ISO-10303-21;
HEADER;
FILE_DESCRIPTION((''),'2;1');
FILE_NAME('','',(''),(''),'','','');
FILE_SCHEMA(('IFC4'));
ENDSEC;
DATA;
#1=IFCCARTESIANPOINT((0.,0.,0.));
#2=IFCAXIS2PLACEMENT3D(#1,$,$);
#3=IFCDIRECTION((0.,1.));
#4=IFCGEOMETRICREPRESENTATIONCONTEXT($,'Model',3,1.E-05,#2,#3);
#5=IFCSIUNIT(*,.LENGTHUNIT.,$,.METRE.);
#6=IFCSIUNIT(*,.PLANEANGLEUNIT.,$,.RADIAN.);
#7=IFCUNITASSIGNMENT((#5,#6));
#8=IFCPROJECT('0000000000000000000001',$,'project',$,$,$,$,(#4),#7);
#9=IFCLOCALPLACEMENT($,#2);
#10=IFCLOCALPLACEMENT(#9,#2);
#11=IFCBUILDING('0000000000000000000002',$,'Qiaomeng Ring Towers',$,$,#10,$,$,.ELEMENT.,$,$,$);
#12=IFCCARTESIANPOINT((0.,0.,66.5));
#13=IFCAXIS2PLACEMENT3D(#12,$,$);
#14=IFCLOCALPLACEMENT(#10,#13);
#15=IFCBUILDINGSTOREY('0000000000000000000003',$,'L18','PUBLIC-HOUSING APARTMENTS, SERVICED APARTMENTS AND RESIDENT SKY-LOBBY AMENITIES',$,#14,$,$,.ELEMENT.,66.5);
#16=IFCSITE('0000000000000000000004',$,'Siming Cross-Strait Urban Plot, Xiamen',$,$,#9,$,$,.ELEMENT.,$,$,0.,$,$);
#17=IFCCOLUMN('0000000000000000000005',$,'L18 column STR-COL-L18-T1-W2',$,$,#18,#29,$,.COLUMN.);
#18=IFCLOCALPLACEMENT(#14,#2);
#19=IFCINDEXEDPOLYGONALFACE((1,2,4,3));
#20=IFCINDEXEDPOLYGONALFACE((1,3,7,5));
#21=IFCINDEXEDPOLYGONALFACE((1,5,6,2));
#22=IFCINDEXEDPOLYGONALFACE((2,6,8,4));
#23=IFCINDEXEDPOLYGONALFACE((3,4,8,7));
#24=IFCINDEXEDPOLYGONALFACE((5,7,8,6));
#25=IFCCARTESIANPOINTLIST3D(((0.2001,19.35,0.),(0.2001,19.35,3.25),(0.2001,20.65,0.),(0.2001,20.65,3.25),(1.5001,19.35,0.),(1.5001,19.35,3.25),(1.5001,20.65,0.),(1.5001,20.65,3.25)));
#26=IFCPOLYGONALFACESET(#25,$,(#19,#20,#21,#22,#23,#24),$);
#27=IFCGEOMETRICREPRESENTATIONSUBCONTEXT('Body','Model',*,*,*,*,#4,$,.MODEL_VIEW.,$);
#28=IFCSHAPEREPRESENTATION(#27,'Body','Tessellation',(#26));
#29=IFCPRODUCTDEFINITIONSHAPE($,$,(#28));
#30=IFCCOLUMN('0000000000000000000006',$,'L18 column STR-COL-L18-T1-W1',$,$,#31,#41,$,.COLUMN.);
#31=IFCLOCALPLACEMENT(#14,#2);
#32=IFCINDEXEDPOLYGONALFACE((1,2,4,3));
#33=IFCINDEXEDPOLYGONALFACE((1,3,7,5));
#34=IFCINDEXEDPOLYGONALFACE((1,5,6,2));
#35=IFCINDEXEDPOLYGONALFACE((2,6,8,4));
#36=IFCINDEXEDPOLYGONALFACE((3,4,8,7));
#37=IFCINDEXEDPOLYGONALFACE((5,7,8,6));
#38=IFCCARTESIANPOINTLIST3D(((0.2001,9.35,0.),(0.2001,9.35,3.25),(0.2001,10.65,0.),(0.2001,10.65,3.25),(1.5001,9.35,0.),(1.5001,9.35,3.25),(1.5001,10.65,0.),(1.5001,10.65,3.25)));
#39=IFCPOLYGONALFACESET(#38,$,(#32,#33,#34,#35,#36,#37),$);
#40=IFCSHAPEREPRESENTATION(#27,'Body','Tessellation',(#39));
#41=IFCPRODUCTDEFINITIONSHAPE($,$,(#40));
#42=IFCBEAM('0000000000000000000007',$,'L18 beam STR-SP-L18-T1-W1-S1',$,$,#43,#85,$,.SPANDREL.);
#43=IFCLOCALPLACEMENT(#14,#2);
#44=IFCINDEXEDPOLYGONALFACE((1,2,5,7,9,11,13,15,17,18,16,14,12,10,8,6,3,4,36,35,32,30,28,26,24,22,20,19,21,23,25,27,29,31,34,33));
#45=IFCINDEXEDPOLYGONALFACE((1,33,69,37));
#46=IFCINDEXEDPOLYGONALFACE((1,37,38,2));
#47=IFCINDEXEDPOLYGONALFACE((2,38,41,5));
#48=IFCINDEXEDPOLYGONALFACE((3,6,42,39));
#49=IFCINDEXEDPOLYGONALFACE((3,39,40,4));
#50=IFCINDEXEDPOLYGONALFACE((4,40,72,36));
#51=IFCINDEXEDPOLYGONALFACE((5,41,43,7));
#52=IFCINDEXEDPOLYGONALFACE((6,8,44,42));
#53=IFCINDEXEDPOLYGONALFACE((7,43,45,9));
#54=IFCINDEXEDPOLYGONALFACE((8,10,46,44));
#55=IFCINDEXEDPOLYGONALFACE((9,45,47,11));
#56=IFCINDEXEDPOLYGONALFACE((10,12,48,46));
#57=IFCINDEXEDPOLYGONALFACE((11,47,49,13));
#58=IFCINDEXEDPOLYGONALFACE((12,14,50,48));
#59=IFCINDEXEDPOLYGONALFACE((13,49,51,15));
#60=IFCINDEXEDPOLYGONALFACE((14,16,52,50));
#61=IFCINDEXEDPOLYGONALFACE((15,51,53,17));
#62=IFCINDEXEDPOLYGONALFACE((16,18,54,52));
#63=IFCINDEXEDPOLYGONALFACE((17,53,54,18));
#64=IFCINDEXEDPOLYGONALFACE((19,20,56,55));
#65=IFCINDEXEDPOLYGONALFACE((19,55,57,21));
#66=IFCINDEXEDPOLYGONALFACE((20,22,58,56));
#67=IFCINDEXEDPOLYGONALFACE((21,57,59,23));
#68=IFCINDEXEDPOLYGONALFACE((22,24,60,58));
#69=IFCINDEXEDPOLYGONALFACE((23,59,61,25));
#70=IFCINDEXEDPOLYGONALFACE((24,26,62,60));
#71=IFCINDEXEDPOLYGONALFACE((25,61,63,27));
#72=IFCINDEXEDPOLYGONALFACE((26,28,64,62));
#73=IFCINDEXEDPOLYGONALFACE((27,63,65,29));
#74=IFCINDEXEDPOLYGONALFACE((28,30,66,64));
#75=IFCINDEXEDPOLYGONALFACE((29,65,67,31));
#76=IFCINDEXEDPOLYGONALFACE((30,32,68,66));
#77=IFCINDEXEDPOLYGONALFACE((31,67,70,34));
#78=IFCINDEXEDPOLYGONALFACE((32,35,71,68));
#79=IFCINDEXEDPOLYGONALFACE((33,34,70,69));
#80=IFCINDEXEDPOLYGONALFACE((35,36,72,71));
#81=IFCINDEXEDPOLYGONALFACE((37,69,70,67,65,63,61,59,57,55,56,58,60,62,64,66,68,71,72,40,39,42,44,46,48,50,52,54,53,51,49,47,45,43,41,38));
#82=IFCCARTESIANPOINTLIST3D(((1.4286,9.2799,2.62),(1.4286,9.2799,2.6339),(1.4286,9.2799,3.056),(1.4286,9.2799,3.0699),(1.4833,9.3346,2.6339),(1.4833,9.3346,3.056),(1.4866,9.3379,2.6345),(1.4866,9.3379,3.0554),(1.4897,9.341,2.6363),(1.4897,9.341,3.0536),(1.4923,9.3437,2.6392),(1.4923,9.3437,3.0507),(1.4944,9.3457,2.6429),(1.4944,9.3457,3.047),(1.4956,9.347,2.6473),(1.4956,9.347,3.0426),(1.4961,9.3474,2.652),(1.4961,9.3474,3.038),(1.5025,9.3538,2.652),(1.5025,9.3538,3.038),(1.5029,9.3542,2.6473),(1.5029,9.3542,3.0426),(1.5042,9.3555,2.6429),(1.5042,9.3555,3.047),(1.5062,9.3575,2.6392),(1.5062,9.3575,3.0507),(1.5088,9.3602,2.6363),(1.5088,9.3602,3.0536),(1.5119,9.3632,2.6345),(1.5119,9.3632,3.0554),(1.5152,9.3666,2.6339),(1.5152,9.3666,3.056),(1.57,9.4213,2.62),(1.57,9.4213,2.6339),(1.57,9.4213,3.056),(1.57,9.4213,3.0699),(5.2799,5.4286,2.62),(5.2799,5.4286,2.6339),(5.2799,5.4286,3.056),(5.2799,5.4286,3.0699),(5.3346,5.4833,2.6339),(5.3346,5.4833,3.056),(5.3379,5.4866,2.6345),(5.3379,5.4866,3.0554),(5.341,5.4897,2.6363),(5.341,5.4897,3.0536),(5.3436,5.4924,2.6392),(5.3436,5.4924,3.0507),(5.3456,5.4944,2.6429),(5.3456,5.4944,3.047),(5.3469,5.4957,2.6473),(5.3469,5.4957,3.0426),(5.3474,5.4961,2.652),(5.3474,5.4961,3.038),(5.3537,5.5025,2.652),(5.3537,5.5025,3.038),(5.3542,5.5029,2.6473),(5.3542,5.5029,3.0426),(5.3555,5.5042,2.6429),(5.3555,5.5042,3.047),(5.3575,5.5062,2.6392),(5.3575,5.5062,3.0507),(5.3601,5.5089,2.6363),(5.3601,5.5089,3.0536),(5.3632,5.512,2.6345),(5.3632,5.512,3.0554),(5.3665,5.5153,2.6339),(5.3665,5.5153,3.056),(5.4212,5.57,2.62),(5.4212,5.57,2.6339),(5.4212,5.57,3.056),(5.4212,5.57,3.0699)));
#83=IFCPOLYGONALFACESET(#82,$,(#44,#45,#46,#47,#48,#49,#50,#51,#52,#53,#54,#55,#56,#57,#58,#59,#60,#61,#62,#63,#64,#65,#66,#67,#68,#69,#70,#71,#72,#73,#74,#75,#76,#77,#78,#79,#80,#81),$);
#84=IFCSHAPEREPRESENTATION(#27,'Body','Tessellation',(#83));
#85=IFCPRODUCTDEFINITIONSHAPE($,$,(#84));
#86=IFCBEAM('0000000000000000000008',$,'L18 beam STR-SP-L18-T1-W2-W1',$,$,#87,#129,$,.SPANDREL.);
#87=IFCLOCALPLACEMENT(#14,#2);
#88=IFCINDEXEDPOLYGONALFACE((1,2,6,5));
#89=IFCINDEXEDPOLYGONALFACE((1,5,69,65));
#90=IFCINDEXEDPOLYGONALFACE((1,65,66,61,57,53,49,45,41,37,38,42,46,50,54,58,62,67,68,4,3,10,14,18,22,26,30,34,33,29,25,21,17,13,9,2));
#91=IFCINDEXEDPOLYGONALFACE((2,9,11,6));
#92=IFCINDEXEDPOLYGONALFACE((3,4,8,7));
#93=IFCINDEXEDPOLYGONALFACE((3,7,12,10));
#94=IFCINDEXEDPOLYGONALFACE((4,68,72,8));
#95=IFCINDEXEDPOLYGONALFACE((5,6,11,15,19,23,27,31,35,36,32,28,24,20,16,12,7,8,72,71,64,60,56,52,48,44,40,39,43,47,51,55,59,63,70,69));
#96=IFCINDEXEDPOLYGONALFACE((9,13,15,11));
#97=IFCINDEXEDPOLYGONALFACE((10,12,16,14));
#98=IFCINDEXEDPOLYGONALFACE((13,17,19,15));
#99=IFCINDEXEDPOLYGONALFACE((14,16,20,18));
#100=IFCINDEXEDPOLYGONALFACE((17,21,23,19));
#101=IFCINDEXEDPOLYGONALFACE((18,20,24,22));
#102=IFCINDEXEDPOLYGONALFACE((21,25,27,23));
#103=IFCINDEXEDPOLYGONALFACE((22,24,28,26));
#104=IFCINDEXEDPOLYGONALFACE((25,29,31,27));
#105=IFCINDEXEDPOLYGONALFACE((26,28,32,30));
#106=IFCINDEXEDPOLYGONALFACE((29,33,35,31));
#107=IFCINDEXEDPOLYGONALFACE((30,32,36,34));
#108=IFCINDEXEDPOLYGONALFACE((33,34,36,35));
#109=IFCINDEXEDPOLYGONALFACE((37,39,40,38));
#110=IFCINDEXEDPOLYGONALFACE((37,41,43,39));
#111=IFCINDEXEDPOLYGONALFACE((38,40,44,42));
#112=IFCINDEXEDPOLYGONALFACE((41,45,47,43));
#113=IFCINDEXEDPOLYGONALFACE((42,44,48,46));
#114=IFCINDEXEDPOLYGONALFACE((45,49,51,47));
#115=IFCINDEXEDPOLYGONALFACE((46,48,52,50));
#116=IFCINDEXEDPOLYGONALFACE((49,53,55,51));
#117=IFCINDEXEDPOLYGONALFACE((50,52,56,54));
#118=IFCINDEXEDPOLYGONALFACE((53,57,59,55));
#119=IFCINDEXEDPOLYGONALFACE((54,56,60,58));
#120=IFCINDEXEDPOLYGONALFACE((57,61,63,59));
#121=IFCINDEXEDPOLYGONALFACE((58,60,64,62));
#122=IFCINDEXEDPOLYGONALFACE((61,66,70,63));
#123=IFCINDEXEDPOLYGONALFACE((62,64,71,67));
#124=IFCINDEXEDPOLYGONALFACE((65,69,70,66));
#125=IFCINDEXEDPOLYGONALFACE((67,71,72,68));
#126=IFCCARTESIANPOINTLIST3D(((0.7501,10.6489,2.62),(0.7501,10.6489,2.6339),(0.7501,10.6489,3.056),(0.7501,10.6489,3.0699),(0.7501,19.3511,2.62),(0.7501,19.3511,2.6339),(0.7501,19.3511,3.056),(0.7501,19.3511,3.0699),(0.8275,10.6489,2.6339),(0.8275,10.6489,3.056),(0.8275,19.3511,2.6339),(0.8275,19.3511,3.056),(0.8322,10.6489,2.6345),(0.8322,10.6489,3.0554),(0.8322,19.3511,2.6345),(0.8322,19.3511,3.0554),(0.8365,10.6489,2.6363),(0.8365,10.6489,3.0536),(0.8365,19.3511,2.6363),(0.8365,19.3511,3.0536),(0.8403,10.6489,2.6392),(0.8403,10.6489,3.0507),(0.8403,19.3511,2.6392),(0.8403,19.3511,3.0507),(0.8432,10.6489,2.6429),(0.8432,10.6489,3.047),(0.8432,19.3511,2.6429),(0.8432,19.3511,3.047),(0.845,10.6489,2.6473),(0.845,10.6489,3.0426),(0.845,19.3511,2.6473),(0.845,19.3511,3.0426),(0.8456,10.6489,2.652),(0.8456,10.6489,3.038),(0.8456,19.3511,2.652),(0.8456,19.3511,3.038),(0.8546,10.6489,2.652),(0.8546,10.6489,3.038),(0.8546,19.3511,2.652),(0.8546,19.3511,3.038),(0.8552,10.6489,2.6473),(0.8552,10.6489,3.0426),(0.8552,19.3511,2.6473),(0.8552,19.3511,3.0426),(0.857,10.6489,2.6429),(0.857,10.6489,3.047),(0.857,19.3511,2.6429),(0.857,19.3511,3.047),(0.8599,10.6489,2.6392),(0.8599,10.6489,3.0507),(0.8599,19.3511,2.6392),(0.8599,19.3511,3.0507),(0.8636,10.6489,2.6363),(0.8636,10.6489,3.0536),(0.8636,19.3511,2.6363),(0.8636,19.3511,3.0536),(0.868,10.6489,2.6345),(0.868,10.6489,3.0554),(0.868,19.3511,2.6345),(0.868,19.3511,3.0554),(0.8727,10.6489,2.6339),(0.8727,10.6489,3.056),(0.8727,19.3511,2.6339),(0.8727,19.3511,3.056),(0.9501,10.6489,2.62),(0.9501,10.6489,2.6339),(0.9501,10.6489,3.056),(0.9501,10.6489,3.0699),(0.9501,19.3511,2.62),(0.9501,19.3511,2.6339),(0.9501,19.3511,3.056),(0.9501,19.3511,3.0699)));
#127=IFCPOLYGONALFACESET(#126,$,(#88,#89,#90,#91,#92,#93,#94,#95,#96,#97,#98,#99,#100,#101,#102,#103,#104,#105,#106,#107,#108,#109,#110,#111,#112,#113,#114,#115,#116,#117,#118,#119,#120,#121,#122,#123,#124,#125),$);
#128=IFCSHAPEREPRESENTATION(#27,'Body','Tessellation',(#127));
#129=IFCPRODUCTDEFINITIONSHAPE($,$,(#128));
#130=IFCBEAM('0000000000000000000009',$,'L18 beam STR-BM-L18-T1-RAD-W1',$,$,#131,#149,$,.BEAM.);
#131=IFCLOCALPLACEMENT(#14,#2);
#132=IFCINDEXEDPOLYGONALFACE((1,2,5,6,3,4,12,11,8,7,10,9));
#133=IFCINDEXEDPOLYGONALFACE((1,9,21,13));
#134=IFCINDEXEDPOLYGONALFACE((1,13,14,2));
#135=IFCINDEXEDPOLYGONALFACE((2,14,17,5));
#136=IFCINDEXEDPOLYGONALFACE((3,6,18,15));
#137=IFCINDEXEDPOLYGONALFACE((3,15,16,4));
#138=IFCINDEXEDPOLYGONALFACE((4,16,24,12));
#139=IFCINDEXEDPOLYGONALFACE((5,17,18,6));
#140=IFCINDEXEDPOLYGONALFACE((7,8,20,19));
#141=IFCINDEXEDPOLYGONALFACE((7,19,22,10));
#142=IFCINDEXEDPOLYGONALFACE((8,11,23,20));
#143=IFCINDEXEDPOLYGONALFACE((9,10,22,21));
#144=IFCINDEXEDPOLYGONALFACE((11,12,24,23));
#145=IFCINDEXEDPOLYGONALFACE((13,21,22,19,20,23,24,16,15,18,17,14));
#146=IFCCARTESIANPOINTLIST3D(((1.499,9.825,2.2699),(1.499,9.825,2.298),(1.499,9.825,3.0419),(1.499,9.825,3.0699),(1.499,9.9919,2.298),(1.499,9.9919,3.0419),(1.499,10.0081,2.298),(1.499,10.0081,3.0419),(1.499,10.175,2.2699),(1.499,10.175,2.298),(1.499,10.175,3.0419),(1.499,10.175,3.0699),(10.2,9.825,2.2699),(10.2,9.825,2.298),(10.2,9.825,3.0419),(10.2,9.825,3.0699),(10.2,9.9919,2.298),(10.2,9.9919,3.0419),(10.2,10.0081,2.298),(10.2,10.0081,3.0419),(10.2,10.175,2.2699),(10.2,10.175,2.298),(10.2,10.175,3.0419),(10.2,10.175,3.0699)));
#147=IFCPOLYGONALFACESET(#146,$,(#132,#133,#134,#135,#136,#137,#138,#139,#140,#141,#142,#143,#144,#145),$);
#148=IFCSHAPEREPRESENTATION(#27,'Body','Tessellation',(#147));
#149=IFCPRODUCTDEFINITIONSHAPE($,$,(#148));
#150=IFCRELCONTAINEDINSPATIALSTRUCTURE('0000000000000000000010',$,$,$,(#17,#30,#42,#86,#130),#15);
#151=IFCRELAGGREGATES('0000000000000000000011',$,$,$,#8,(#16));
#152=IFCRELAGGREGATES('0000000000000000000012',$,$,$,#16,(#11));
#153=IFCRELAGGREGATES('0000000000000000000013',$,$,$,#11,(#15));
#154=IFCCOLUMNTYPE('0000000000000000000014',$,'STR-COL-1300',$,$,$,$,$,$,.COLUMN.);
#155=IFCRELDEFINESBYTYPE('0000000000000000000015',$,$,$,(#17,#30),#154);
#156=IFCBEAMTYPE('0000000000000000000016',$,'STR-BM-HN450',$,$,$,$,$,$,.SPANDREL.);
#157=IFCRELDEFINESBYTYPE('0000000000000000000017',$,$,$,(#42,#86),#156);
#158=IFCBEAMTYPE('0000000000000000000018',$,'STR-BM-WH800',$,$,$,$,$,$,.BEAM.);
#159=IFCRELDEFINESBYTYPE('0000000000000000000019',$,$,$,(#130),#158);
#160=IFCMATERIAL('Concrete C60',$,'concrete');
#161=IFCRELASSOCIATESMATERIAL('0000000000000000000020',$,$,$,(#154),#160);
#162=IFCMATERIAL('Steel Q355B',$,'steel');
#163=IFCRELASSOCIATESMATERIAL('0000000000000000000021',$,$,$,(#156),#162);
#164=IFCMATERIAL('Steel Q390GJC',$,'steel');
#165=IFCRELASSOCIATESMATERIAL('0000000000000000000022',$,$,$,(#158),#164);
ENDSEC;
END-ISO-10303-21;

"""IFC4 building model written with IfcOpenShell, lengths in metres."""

from ifc_helpers import new_model, si_unit, direction, frame, origin, origin_2d, place, context, subcontext, project, spatial, rectangle, i_section, extrude, source, transform, mapped, material, material_profile, profile_set, type_object, element, save


model = new_model("IFC4")

# Units and contexts
model_context = context("Model", 3, precision=1e-05, world=origin(), true_north=direction((0.0, 1.0)))
body_context = subcontext(model_context, "Body", "Model", "MODEL_VIEW")
ifc_project = project(units=[si_unit("LENGTHUNIT", "METRE"), si_unit("PLANEANGLEUNIT", "RADIAN")], contexts=[model_context])

# Site, building, storey
site_placement = place(None, origin())
site = spatial("IfcSite", under=ifc_project, at=site_placement, Name="Siming Cross-Strait Urban Plot, Xiamen", CompositionType="ELEMENT", RefElevation=0.0)
building_placement = place(site_placement, origin())
building = spatial("IfcBuilding", under=site, at=building_placement, Name="Qiaomeng Ring Towers", CompositionType="ELEMENT")
storey_placement = place(building_placement, frame((0.0, 0.0, 66.5)))
storey = spatial("IfcBuildingStorey", under=building, at=storey_placement, Name="L18", Description="PUBLIC-HOUSING APARTMENTS, SERVICED APARTMENTS AND RESIDENT SKY-LOBBY AMENITIES", CompositionType="ELEMENT", Elevation=66.5)

# Columns
ifc_material_1 = material(Name="Concrete C60", Category="concrete")
ifc_material_profile_1 = material_profile(ifc_material_1, rectangle(XDim=1.3, YDim=1.3, at=origin_2d()), Name="RC COL 1300x1300")
ifc_profile_set_1 = profile_set([ifc_material_profile_1], Name="Concrete C60")
column_type = type_object("IfcColumnType", Name="STR-COL-1300", PredefinedType="COLUMN", material=ifc_profile_set_1)
shared_shape_1 = source(origin(), body_context, "Body", "SweptSolid", [
    extrude(rectangle(XDim=1.3, YDim=1.3, at=origin_2d()), origin(), (0.0, 0.0, 1.0), 3.25),
])
for number, where, z_axis, x_axis, name in (
    (1, (0.8501, 20.0, 0.0), (0.0, 0.0, 1.0), (1.0, 0.0, 0.0), "L18 column STR-COL-L18-T1-W2"),
    (2, (0.8501, 10.0, 0.0), (0.0, 0.0, 1.0), (1.0, 0.0, 0.0), "L18 column STR-COL-L18-T1-W1"),
):
    element("IfcColumn", number, at=place(storey_placement, frame(where, z_axis=z_axis, x_axis=x_axis)), inside=storey, type_object=column_type, Name=name, PredefinedType="COLUMN", context=body_context, shape_type="MappedRepresentation", body=[
        mapped(shared_shape_1, transform((0.0, 0.0, 0.0), x_axis=(1.0, 0.0, 0.0), y_axis=(0.0, 1.0, 0.0), z_axis=(0.0, 0.0, 1.0), scale=1.0)),
    ])

# Beams
ifc_material_2 = material(Name="Steel Q355B", Category="steel")
ifc_material_profile_2 = material_profile(ifc_material_2, i_section(OverallWidth=0.2, OverallDepth=0.45, WebThickness=0.009, FlangeThickness=0.0139, FilletRadius=0.0181, at=origin_2d()), Name="HN 450x200x9x14")
ifc_profile_set_2 = profile_set([ifc_material_profile_2], Name="Steel Q355B")
beam_type_1 = type_object("IfcBeamType", Name="STR-BM-HN450", PredefinedType="SPANDREL", material=ifc_profile_set_2)
shared_shape_2 = source(origin(), body_context, "Body", "SweptSolid", [
    extrude(i_section(OverallWidth=0.2, OverallDepth=0.45, WebThickness=0.009, FlangeThickness=0.0139, FilletRadius=0.0181, at=origin_2d()), origin(), (0.0, 0.0, 1.0), 5.4465),
])
beam_1_placement = place(storey_placement, frame((1.4993, 9.3506, 2.845), z_axis=(0.707107, -0.707107, 0.0), x_axis=(0.707107, 0.707107, 0.0)))
element("IfcBeam", 3, at=beam_1_placement, inside=storey, type_object=beam_type_1, Name="L18 beam STR-SP-L18-T1-W1-S1", PredefinedType="SPANDREL", context=body_context, shape_type="MappedRepresentation", body=[
    mapped(shared_shape_2, transform((0.0, 0.0, 0.0), x_axis=(1.0, 0.0, 0.0), y_axis=(0.0, 1.0, 0.0), z_axis=(0.0, 0.0, 1.0), scale=1.0)),
])
shared_shape_3 = source(origin(), body_context, "Body", "SweptSolid", [
    extrude(i_section(OverallWidth=0.2, OverallDepth=0.45, WebThickness=0.009, FlangeThickness=0.0139, FilletRadius=0.0181, at=origin_2d()), origin(), (0.0, 0.0, 1.0), 8.7021),
])
beam_2_placement = place(storey_placement, frame((0.8501, 19.3511, 2.845), z_axis=(0.0, -1.0, 0.0), x_axis=(1.0, 0.0, 0.0)))
element("IfcBeam", 4, at=beam_2_placement, inside=storey, type_object=beam_type_1, Name="L18 beam STR-SP-L18-T1-W2-W1", PredefinedType="SPANDREL", context=body_context, shape_type="MappedRepresentation", body=[
    mapped(shared_shape_3, transform((0.0, 0.0, 0.0), x_axis=(1.0, 0.0, 0.0), y_axis=(0.0, 1.0, 0.0), z_axis=(0.0, 0.0, 1.0), scale=1.0)),
])
ifc_material_3 = material(Name="Steel Q390GJC", Category="steel")
ifc_material_profile_3 = material_profile(ifc_material_3, i_section(OverallWidth=0.3501, OverallDepth=0.8, WebThickness=0.0161, FlangeThickness=0.0281, at=origin_2d()), Name="WH 800x350x16x28")
ifc_profile_set_3 = profile_set([ifc_material_profile_3], Name="Steel Q390GJC")
beam_type_2 = type_object("IfcBeamType", Name="STR-BM-WH800", PredefinedType="BEAM", material=ifc_profile_set_3)
shared_shape_4 = source(origin(), body_context, "Body", "SweptSolid", [
    extrude(i_section(OverallWidth=0.3501, OverallDepth=0.8, WebThickness=0.0161, FlangeThickness=0.0281, at=origin_2d()), origin(), (0.0, 0.0, 1.0), 8.7009),
])
beam_3_placement = place(storey_placement, frame((1.499, 10.0, 2.6699), z_axis=(1.0, 0.0, 0.0), x_axis=(0.0, 1.0, 0.0)))
element("IfcBeam", 5, at=beam_3_placement, inside=storey, type_object=beam_type_2, Name="L18 beam STR-BM-L18-T1-RAD-W1", PredefinedType="BEAM", context=body_context, shape_type="MappedRepresentation", body=[
    mapped(shared_shape_4, transform((0.0, 0.0, 0.0), x_axis=(1.0, 0.0, 0.0), y_axis=(0.0, 1.0, 0.0), z_axis=(0.0, 0.0, 1.0), scale=1.0)),
])

save(model, "model.ifc")
